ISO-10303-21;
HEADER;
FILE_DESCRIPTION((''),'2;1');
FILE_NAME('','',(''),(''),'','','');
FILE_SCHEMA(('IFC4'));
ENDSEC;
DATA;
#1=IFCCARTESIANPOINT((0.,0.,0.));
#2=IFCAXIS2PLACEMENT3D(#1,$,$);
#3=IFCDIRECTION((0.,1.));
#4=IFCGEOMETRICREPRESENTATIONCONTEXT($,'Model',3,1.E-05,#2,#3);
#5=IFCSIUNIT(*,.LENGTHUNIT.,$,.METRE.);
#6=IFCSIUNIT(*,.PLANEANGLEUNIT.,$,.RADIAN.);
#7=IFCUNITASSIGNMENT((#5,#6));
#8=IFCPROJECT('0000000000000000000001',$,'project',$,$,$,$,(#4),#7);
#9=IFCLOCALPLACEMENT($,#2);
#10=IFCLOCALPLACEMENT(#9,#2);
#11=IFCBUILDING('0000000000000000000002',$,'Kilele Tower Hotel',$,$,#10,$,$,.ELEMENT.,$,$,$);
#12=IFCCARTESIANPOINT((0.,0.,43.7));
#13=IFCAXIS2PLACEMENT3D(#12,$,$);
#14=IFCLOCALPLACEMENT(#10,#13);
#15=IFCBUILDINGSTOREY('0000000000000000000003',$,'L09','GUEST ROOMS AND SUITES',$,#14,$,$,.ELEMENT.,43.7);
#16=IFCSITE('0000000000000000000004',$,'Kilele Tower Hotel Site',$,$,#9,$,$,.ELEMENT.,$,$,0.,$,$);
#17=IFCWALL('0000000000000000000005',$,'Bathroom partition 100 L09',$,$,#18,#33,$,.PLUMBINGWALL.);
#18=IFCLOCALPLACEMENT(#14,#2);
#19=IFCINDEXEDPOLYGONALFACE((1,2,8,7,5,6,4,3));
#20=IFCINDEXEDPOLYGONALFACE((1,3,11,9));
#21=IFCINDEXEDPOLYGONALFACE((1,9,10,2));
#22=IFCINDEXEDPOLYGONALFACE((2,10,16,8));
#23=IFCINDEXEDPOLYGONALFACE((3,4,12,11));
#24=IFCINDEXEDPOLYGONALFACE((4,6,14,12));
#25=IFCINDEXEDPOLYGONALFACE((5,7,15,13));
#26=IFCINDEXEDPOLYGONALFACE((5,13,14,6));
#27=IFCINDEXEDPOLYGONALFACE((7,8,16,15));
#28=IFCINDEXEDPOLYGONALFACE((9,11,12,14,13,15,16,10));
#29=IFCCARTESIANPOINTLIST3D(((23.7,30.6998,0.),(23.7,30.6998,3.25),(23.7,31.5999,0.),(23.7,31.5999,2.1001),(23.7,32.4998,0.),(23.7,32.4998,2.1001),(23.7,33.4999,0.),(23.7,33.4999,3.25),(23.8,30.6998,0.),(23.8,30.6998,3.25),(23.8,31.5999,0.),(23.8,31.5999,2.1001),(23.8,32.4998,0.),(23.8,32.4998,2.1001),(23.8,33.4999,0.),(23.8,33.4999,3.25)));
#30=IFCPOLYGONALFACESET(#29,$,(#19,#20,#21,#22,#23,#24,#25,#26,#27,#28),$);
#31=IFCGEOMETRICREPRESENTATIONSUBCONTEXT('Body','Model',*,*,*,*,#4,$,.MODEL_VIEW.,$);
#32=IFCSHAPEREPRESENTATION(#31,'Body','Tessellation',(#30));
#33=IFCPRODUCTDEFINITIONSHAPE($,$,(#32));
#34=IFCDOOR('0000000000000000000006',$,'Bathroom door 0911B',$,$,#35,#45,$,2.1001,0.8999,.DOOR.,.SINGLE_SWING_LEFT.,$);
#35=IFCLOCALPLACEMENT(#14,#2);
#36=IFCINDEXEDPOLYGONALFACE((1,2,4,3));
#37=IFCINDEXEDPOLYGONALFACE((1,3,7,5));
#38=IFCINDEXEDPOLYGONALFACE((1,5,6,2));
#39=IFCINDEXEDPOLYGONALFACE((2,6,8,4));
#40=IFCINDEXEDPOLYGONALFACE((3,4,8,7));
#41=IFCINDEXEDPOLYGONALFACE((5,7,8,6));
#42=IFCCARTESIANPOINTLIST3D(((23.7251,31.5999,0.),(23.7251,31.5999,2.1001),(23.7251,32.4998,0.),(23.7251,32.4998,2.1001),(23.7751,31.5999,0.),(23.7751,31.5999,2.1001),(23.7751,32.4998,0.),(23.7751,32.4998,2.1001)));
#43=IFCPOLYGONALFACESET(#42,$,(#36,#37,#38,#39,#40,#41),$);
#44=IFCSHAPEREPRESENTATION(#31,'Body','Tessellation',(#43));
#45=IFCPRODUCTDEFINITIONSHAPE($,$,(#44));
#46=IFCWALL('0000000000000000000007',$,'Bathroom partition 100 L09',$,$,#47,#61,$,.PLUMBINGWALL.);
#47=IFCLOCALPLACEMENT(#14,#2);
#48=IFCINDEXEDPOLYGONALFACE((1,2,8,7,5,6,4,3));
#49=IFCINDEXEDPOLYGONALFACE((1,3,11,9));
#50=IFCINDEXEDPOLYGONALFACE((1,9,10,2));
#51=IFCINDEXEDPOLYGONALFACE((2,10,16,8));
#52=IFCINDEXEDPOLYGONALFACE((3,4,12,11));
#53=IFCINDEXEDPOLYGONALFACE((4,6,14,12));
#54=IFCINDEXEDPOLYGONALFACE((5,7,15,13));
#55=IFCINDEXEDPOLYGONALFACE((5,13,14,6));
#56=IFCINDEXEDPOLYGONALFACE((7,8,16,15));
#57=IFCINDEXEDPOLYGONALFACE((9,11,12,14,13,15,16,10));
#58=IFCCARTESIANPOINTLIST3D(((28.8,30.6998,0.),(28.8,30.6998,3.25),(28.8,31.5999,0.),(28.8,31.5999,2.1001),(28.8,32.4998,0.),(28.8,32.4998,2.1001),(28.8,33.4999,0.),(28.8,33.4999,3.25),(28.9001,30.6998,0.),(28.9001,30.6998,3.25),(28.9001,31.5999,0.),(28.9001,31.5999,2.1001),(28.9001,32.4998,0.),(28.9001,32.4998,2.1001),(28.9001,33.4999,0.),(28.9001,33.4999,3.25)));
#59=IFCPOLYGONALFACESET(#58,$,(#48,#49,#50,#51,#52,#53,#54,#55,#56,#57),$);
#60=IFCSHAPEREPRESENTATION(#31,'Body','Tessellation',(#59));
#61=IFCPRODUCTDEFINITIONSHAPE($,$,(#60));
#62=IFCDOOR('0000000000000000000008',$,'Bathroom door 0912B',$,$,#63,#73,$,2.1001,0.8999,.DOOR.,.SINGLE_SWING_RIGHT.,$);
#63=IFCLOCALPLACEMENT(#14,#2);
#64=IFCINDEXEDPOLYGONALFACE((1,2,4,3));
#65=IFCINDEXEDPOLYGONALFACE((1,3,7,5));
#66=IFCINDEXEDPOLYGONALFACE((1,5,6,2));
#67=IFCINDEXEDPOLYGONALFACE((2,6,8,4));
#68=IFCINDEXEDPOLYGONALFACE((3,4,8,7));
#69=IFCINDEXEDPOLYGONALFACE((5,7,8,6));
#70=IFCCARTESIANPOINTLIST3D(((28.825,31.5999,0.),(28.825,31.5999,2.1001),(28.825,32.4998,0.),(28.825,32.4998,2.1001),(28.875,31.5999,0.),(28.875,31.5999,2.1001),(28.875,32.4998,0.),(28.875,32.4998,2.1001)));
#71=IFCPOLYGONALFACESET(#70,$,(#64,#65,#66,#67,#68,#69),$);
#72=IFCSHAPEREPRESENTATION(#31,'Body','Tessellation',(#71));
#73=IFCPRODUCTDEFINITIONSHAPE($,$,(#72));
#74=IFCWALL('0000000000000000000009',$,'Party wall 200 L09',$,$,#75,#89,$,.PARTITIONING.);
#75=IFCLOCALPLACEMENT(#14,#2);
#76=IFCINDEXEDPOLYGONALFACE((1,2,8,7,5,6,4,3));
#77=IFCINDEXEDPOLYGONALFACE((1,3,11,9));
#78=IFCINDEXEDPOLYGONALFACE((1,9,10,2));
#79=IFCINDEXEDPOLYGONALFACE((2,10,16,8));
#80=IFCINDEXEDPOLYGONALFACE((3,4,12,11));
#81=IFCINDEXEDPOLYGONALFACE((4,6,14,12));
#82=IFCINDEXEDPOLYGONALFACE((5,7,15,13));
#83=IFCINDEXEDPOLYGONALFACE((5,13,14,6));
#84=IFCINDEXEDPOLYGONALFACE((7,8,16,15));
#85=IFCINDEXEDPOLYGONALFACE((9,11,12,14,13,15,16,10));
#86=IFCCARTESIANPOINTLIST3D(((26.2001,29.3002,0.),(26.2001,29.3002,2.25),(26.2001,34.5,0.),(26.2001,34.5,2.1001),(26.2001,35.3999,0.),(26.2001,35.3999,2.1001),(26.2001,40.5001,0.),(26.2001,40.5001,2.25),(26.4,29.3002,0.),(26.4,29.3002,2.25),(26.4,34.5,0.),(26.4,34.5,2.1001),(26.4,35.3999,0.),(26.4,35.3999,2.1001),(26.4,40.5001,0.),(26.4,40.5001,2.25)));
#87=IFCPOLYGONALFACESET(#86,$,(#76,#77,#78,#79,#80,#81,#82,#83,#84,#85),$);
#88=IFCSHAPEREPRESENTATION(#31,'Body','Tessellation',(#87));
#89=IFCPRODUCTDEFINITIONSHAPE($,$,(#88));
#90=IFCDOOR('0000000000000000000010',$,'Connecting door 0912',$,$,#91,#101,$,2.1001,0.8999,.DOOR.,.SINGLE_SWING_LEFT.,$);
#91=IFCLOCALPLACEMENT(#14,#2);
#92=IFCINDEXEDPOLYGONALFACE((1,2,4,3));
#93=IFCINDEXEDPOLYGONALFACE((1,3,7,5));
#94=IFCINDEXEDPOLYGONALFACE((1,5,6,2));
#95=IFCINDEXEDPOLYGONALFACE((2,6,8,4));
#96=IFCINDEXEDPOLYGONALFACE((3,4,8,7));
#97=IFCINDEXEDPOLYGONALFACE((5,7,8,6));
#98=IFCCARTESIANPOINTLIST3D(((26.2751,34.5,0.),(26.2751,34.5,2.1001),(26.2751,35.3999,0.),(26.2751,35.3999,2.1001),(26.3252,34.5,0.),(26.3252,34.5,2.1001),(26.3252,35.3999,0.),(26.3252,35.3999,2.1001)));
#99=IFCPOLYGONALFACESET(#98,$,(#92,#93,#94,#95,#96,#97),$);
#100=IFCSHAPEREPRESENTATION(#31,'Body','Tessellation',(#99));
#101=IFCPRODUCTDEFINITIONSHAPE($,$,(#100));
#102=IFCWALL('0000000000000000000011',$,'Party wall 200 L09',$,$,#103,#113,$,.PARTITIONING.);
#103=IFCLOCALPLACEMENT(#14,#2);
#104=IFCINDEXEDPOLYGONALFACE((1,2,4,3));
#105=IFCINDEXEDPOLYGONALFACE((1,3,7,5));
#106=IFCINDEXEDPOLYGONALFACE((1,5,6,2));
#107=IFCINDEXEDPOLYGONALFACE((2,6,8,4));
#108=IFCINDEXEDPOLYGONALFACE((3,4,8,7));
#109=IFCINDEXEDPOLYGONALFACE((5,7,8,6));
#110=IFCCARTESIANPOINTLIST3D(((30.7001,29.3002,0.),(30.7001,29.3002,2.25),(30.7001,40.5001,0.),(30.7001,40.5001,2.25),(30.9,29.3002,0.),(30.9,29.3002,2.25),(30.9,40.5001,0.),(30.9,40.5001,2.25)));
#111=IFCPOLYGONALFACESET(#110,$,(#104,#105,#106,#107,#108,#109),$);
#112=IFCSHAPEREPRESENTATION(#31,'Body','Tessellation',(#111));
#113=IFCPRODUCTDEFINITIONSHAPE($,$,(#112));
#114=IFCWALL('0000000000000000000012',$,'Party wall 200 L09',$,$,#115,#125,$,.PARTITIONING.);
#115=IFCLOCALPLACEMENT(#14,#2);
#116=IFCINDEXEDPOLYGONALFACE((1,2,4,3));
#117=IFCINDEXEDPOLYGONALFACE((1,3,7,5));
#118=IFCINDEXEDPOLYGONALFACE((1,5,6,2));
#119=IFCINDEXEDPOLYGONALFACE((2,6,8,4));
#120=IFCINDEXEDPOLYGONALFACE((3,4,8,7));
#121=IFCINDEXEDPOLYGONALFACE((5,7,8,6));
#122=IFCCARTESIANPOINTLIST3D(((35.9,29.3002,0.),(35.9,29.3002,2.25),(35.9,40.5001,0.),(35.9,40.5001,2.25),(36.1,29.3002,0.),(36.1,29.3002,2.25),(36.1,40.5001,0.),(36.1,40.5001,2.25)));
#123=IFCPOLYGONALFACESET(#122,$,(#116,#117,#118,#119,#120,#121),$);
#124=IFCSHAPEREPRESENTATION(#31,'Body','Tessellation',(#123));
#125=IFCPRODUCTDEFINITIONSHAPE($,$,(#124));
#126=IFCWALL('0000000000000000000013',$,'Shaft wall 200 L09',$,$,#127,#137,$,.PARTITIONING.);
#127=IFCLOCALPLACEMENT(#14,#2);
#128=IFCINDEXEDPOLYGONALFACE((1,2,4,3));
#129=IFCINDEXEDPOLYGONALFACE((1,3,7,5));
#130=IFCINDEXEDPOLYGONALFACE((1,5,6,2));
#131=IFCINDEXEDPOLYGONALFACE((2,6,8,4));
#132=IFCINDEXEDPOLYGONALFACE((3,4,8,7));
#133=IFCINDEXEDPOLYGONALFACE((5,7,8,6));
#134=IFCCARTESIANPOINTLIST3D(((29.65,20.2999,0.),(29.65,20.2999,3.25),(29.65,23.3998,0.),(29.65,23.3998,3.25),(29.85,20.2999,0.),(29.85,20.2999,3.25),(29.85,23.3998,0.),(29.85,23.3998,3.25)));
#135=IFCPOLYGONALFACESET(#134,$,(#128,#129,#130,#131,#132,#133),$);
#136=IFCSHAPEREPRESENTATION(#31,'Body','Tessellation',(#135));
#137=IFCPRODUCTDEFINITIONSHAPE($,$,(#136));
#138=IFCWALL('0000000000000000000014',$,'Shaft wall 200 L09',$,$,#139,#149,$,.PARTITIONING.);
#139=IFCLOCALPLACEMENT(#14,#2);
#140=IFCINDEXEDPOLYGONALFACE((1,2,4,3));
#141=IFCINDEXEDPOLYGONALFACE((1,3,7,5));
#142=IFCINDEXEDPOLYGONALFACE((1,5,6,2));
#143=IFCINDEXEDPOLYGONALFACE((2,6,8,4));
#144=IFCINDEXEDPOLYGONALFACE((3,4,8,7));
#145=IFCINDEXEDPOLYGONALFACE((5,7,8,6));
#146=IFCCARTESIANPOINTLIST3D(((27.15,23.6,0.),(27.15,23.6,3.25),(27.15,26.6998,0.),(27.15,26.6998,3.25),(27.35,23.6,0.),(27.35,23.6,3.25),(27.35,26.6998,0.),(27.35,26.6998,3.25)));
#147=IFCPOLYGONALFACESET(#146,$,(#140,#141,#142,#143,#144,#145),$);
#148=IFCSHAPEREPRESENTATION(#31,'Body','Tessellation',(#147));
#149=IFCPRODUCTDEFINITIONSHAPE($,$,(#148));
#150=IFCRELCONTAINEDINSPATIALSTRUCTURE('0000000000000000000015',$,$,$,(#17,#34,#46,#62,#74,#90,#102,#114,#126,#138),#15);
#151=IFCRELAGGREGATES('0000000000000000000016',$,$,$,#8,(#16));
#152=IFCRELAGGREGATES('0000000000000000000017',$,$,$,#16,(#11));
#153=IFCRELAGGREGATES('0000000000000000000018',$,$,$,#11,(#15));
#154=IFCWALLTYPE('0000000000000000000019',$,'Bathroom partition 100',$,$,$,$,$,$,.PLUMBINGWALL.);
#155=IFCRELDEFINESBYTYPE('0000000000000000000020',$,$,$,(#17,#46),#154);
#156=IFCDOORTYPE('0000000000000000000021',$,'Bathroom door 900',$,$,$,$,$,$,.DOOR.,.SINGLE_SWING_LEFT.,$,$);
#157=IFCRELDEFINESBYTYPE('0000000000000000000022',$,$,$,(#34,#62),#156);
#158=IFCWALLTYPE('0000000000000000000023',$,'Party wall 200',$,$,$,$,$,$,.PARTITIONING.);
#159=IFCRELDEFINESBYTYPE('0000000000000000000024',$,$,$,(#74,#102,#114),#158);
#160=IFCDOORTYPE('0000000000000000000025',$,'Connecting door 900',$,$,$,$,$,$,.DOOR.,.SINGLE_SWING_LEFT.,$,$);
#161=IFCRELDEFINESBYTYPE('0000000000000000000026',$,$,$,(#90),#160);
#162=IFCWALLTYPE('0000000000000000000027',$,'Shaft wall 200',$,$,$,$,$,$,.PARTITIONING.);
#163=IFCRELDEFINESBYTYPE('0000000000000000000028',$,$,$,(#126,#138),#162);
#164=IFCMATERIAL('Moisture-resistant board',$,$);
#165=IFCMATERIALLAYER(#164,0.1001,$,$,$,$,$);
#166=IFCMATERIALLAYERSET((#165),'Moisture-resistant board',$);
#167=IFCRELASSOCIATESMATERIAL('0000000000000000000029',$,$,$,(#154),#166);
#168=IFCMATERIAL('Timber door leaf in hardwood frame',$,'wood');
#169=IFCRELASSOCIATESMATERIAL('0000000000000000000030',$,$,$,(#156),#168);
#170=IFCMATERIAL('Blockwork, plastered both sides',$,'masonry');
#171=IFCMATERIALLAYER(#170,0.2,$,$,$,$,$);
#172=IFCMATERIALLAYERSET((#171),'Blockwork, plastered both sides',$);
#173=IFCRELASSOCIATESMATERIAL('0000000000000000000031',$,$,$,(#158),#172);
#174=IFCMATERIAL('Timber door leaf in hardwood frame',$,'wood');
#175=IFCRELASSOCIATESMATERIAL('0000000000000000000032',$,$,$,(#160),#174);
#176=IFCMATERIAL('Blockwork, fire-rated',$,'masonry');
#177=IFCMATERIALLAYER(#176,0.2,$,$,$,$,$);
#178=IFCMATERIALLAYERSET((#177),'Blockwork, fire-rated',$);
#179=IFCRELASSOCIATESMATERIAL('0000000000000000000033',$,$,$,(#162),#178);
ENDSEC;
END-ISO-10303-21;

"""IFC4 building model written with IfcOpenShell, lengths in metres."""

from ifc_helpers import new_model, si_unit, direction, frame, frame_2d, origin, place, context, subcontext, project, spatial, rectangle, extrude, material, layer, layer_set, type_object, element, fill, save


model = new_model("IFC4")

# Units and contexts
model_context = context("Model", 3, precision=1e-05, world=origin(), true_north=direction((0.0, 1.0)))
body_context = subcontext(model_context, "Body", "Model", "MODEL_VIEW")
ifc_project = project(units=[si_unit("LENGTHUNIT", "METRE"), si_unit("PLANEANGLEUNIT", "RADIAN")], contexts=[model_context])

# Site, building, storey
site_placement = place(None, origin())
site = spatial("IfcSite", under=ifc_project, at=site_placement, Name="Kilele Tower Hotel Site", CompositionType="ELEMENT", RefElevation=0.0)
building_placement = place(site_placement, origin())
building = spatial("IfcBuilding", under=site, at=building_placement, Name="Kilele Tower Hotel", CompositionType="ELEMENT")
storey_placement = place(building_placement, frame((0.0, 0.0, 43.7)))
storey = spatial("IfcBuildingStorey", under=building, at=storey_placement, Name="L09", Description="GUEST ROOMS AND SUITES", CompositionType="ELEMENT", Elevation=43.7)

# Walls, openings, doors
ifc_material_1 = material(Name="Moisture-resistant board")
ifc_layer_1 = layer(ifc_material_1, 0.1001)
ifc_layer_set_1 = layer_set([ifc_layer_1], Name="Moisture-resistant board")
wall_type_1 = type_object("IfcWallType", Name="Bathroom partition 100", PredefinedType="PLUMBINGWALL", material=ifc_layer_set_1)
wall_1_placement = place(storey_placement, frame((23.75, 30.7, 0.0), z_axis=(0.0, 0.0, 1.0), x_axis=(0.0, 1.0, 0.0)))
wall_1 = element("IfcWall", 1, at=wall_1_placement, inside=storey, type_object=wall_type_1, Name="Bathroom partition 100 L09", PredefinedType="PLUMBINGWALL", context=body_context, shape_type="SweptSolid", body=[
    extrude(rectangle(XDim=2.8, YDim=0.1001, at=frame_2d((1.3999, 0.0))), origin(), (0.0, 0.0, 1.0), 3.25),
])
opening_1_placement = place(wall_1_placement, frame((0.8999, 0.0, 0.0)))
opening_1 = element("IfcOpeningElement", 2, at=opening_1_placement, cuts=wall_1, PredefinedType="OPENING", context=body_context, shape_type="SweptSolid", body=[
    extrude(rectangle(XDim=0.8999, YDim=2.1001, at=frame_2d((0.45, 1.05))), frame((0.0, 0.0601, 0.0), z_axis=(0.0, -1.0, 0.0), x_axis=(1.0, 0.0, 0.0)), (0.0, 0.0, 1.0), 0.1201),
])
ifc_material_2 = material(Name="Timber door leaf in hardwood frame", Category="wood")
door_type_1 = type_object("IfcDoorType", Name="Bathroom door 900", OperationType="SINGLE_SWING_LEFT", PredefinedType="DOOR", material=ifc_material_2)
door_1_placement = place(opening_1_placement, origin())
door_1 = element("IfcDoor", 3, at=door_1_placement, inside=storey, type_object=door_type_1, Name="Bathroom door 0911B", OperationType="SINGLE_SWING_LEFT", OverallHeight=2.1001, OverallWidth=0.8999, PredefinedType="DOOR", context=body_context, shape_type="SweptSolid", body=[
    extrude(rectangle(XDim=0.8999, YDim=2.1001, at=frame_2d((0.45, 1.05))), frame((0.0, 0.0249, 0.0), z_axis=(0.0, -1.0, 0.0), x_axis=(1.0, 0.0, 0.0)), (0.0, 0.0, 1.0), 0.05),
])
fill(opening_1, door_1)
wall_2_placement = place(storey_placement, frame((28.8501, 30.7, 0.0), z_axis=(0.0, 0.0, 1.0), x_axis=(0.0, 1.0, 0.0)))
wall_2 = element("IfcWall", 4, at=wall_2_placement, inside=storey, type_object=wall_type_1, Name="Bathroom partition 100 L09", PredefinedType="PLUMBINGWALL", context=body_context, shape_type="SweptSolid", body=[
    extrude(rectangle(XDim=2.8, YDim=0.1001, at=frame_2d((1.3999, 0.0))), origin(), (0.0, 0.0, 1.0), 3.25),
])
opening_2_placement = place(wall_2_placement, frame((1.7998, 0.0, 0.0), z_axis=(0.0, 0.0, 1.0), x_axis=(-1.0, 0.0, 0.0)))
opening_2 = element("IfcOpeningElement", 5, at=opening_2_placement, cuts=wall_2, PredefinedType="OPENING", context=body_context, shape_type="SweptSolid", body=[
    extrude(rectangle(XDim=0.8999, YDim=2.1001, at=frame_2d((0.45, 1.05))), frame((0.0, 0.0601, 0.0), z_axis=(0.0, -1.0, 0.0), x_axis=(1.0, 0.0, 0.0)), (0.0, 0.0, 1.0), 0.1201),
])
door_2_placement = place(opening_2_placement, origin())
door_2 = element("IfcDoor", 6, at=door_2_placement, inside=storey, type_object=door_type_1, Name="Bathroom door 0912B", OperationType="SINGLE_SWING_RIGHT", OverallHeight=2.1001, OverallWidth=0.8999, PredefinedType="DOOR", context=body_context, shape_type="SweptSolid", body=[
    extrude(rectangle(XDim=0.8999, YDim=2.1001, at=frame_2d((0.45, 1.05))), frame((0.0, 0.0249, 0.0), z_axis=(0.0, -1.0, 0.0), x_axis=(1.0, 0.0, 0.0)), (0.0, 0.0, 1.0), 0.05),
])
fill(opening_2, door_2)
ifc_material_3 = material(Name="Blockwork, plastered both sides", Category="masonry")
ifc_layer_2 = layer(ifc_material_3, 0.2)
ifc_layer_set_2 = layer_set([ifc_layer_2], Name="Blockwork, plastered both sides")
wall_type_2 = type_object("IfcWallType", Name="Party wall 200", PredefinedType="PARTITIONING", material=ifc_layer_set_2)
wall_3_placement = place(storey_placement, frame((26.3, 29.3, 0.0), z_axis=(0.0, 0.0, 1.0), x_axis=(0.0, 1.0, 0.0)))
wall_3 = element("IfcWall", 7, at=wall_3_placement, inside=storey, type_object=wall_type_2, Name="Party wall 200 L09", PredefinedType="PARTITIONING", context=body_context, shape_type="SweptSolid", body=[
    extrude(rectangle(XDim=11.2, YDim=0.2, at=frame_2d((5.6001, 0.0))), origin(), (0.0, 0.0, 1.0), 2.25),
])
opening_3_placement = place(wall_3_placement, frame((5.2, 0.0, 0.0)))
opening_3 = element("IfcOpeningElement", 8, at=opening_3_placement, cuts=wall_3, PredefinedType="OPENING", context=body_context, shape_type="SweptSolid", body=[
    extrude(rectangle(XDim=0.8999, YDim=2.1001, at=frame_2d((0.45, 1.05))), frame((0.0, 0.1099, 0.0), z_axis=(0.0, -1.0, 0.0), x_axis=(1.0, 0.0, 0.0)), (0.0, 0.0, 1.0), 0.22),
])
ifc_material_4 = material(Name="Timber door leaf in hardwood frame", Category="wood")
door_type_2 = type_object("IfcDoorType", Name="Connecting door 900", OperationType="SINGLE_SWING_LEFT", PredefinedType="DOOR", material=ifc_material_4)
door_3_placement = place(opening_3_placement, origin())
door_3 = element("IfcDoor", 9, at=door_3_placement, inside=storey, type_object=door_type_2, Name="Connecting door 0912", OperationType="SINGLE_SWING_LEFT", OverallHeight=2.1001, OverallWidth=0.8999, PredefinedType="DOOR", context=body_context, shape_type="SweptSolid", body=[
    extrude(rectangle(XDim=0.8999, YDim=2.1001, at=frame_2d((0.45, 1.05))), frame((0.0, 0.0249, 0.0), z_axis=(0.0, -1.0, 0.0), x_axis=(1.0, 0.0, 0.0)), (0.0, 0.0, 1.0), 0.05),
])
fill(opening_3, door_3)

# Walls
for number, where, z_axis, x_axis, name in (
    (10, (30.8, 29.3, 0.0), (0.0, 0.0, 1.0), (0.0, 1.0, 0.0), "Party wall 200 L09"),
    (11, (36.0, 29.3, 0.0), (0.0, 0.0, 1.0), (0.0, 1.0, 0.0), "Party wall 200 L09"),
):
    element("IfcWall", number, at=place(storey_placement, frame(where, z_axis=z_axis, x_axis=x_axis)), inside=storey, type_object=wall_type_2, Name=name, PredefinedType="PARTITIONING", context=body_context, shape_type="SweptSolid", body=[
        extrude(rectangle(XDim=11.2, YDim=0.2, at=frame_2d((5.6001, 0.0))), origin(), (0.0, 0.0, 1.0), 2.25),
    ])
ifc_material_5 = material(Name="Blockwork, fire-rated", Category="masonry")
ifc_layer_3 = layer(ifc_material_5, 0.2)
ifc_layer_set_3 = layer_set([ifc_layer_3], Name="Blockwork, fire-rated")
wall_type_3 = type_object("IfcWallType", Name="Shaft wall 200", PredefinedType="PARTITIONING", material=ifc_layer_set_3)
for number, where, z_axis, x_axis, name in (
    (12, (29.75, 20.3, 0.0), (0.0, 0.0, 1.0), (0.0, 1.0, 0.0), "Shaft wall 200 L09"),
    (13, (27.25, 23.6001, 0.0), (0.0, 0.0, 1.0), (0.0, 1.0, 0.0), "Shaft wall 200 L09"),
):
    element("IfcWall", number, at=place(storey_placement, frame(where, z_axis=z_axis, x_axis=x_axis)), inside=storey, type_object=wall_type_3, Name=name, PredefinedType="PARTITIONING", context=body_context, shape_type="SweptSolid", body=[
        extrude(rectangle(XDim=3.0999, YDim=0.2, at=frame_2d((1.5498, 0.0))), origin(), (0.0, 0.0, 1.0), 3.25),
    ])

save(model, "model.ifc")
